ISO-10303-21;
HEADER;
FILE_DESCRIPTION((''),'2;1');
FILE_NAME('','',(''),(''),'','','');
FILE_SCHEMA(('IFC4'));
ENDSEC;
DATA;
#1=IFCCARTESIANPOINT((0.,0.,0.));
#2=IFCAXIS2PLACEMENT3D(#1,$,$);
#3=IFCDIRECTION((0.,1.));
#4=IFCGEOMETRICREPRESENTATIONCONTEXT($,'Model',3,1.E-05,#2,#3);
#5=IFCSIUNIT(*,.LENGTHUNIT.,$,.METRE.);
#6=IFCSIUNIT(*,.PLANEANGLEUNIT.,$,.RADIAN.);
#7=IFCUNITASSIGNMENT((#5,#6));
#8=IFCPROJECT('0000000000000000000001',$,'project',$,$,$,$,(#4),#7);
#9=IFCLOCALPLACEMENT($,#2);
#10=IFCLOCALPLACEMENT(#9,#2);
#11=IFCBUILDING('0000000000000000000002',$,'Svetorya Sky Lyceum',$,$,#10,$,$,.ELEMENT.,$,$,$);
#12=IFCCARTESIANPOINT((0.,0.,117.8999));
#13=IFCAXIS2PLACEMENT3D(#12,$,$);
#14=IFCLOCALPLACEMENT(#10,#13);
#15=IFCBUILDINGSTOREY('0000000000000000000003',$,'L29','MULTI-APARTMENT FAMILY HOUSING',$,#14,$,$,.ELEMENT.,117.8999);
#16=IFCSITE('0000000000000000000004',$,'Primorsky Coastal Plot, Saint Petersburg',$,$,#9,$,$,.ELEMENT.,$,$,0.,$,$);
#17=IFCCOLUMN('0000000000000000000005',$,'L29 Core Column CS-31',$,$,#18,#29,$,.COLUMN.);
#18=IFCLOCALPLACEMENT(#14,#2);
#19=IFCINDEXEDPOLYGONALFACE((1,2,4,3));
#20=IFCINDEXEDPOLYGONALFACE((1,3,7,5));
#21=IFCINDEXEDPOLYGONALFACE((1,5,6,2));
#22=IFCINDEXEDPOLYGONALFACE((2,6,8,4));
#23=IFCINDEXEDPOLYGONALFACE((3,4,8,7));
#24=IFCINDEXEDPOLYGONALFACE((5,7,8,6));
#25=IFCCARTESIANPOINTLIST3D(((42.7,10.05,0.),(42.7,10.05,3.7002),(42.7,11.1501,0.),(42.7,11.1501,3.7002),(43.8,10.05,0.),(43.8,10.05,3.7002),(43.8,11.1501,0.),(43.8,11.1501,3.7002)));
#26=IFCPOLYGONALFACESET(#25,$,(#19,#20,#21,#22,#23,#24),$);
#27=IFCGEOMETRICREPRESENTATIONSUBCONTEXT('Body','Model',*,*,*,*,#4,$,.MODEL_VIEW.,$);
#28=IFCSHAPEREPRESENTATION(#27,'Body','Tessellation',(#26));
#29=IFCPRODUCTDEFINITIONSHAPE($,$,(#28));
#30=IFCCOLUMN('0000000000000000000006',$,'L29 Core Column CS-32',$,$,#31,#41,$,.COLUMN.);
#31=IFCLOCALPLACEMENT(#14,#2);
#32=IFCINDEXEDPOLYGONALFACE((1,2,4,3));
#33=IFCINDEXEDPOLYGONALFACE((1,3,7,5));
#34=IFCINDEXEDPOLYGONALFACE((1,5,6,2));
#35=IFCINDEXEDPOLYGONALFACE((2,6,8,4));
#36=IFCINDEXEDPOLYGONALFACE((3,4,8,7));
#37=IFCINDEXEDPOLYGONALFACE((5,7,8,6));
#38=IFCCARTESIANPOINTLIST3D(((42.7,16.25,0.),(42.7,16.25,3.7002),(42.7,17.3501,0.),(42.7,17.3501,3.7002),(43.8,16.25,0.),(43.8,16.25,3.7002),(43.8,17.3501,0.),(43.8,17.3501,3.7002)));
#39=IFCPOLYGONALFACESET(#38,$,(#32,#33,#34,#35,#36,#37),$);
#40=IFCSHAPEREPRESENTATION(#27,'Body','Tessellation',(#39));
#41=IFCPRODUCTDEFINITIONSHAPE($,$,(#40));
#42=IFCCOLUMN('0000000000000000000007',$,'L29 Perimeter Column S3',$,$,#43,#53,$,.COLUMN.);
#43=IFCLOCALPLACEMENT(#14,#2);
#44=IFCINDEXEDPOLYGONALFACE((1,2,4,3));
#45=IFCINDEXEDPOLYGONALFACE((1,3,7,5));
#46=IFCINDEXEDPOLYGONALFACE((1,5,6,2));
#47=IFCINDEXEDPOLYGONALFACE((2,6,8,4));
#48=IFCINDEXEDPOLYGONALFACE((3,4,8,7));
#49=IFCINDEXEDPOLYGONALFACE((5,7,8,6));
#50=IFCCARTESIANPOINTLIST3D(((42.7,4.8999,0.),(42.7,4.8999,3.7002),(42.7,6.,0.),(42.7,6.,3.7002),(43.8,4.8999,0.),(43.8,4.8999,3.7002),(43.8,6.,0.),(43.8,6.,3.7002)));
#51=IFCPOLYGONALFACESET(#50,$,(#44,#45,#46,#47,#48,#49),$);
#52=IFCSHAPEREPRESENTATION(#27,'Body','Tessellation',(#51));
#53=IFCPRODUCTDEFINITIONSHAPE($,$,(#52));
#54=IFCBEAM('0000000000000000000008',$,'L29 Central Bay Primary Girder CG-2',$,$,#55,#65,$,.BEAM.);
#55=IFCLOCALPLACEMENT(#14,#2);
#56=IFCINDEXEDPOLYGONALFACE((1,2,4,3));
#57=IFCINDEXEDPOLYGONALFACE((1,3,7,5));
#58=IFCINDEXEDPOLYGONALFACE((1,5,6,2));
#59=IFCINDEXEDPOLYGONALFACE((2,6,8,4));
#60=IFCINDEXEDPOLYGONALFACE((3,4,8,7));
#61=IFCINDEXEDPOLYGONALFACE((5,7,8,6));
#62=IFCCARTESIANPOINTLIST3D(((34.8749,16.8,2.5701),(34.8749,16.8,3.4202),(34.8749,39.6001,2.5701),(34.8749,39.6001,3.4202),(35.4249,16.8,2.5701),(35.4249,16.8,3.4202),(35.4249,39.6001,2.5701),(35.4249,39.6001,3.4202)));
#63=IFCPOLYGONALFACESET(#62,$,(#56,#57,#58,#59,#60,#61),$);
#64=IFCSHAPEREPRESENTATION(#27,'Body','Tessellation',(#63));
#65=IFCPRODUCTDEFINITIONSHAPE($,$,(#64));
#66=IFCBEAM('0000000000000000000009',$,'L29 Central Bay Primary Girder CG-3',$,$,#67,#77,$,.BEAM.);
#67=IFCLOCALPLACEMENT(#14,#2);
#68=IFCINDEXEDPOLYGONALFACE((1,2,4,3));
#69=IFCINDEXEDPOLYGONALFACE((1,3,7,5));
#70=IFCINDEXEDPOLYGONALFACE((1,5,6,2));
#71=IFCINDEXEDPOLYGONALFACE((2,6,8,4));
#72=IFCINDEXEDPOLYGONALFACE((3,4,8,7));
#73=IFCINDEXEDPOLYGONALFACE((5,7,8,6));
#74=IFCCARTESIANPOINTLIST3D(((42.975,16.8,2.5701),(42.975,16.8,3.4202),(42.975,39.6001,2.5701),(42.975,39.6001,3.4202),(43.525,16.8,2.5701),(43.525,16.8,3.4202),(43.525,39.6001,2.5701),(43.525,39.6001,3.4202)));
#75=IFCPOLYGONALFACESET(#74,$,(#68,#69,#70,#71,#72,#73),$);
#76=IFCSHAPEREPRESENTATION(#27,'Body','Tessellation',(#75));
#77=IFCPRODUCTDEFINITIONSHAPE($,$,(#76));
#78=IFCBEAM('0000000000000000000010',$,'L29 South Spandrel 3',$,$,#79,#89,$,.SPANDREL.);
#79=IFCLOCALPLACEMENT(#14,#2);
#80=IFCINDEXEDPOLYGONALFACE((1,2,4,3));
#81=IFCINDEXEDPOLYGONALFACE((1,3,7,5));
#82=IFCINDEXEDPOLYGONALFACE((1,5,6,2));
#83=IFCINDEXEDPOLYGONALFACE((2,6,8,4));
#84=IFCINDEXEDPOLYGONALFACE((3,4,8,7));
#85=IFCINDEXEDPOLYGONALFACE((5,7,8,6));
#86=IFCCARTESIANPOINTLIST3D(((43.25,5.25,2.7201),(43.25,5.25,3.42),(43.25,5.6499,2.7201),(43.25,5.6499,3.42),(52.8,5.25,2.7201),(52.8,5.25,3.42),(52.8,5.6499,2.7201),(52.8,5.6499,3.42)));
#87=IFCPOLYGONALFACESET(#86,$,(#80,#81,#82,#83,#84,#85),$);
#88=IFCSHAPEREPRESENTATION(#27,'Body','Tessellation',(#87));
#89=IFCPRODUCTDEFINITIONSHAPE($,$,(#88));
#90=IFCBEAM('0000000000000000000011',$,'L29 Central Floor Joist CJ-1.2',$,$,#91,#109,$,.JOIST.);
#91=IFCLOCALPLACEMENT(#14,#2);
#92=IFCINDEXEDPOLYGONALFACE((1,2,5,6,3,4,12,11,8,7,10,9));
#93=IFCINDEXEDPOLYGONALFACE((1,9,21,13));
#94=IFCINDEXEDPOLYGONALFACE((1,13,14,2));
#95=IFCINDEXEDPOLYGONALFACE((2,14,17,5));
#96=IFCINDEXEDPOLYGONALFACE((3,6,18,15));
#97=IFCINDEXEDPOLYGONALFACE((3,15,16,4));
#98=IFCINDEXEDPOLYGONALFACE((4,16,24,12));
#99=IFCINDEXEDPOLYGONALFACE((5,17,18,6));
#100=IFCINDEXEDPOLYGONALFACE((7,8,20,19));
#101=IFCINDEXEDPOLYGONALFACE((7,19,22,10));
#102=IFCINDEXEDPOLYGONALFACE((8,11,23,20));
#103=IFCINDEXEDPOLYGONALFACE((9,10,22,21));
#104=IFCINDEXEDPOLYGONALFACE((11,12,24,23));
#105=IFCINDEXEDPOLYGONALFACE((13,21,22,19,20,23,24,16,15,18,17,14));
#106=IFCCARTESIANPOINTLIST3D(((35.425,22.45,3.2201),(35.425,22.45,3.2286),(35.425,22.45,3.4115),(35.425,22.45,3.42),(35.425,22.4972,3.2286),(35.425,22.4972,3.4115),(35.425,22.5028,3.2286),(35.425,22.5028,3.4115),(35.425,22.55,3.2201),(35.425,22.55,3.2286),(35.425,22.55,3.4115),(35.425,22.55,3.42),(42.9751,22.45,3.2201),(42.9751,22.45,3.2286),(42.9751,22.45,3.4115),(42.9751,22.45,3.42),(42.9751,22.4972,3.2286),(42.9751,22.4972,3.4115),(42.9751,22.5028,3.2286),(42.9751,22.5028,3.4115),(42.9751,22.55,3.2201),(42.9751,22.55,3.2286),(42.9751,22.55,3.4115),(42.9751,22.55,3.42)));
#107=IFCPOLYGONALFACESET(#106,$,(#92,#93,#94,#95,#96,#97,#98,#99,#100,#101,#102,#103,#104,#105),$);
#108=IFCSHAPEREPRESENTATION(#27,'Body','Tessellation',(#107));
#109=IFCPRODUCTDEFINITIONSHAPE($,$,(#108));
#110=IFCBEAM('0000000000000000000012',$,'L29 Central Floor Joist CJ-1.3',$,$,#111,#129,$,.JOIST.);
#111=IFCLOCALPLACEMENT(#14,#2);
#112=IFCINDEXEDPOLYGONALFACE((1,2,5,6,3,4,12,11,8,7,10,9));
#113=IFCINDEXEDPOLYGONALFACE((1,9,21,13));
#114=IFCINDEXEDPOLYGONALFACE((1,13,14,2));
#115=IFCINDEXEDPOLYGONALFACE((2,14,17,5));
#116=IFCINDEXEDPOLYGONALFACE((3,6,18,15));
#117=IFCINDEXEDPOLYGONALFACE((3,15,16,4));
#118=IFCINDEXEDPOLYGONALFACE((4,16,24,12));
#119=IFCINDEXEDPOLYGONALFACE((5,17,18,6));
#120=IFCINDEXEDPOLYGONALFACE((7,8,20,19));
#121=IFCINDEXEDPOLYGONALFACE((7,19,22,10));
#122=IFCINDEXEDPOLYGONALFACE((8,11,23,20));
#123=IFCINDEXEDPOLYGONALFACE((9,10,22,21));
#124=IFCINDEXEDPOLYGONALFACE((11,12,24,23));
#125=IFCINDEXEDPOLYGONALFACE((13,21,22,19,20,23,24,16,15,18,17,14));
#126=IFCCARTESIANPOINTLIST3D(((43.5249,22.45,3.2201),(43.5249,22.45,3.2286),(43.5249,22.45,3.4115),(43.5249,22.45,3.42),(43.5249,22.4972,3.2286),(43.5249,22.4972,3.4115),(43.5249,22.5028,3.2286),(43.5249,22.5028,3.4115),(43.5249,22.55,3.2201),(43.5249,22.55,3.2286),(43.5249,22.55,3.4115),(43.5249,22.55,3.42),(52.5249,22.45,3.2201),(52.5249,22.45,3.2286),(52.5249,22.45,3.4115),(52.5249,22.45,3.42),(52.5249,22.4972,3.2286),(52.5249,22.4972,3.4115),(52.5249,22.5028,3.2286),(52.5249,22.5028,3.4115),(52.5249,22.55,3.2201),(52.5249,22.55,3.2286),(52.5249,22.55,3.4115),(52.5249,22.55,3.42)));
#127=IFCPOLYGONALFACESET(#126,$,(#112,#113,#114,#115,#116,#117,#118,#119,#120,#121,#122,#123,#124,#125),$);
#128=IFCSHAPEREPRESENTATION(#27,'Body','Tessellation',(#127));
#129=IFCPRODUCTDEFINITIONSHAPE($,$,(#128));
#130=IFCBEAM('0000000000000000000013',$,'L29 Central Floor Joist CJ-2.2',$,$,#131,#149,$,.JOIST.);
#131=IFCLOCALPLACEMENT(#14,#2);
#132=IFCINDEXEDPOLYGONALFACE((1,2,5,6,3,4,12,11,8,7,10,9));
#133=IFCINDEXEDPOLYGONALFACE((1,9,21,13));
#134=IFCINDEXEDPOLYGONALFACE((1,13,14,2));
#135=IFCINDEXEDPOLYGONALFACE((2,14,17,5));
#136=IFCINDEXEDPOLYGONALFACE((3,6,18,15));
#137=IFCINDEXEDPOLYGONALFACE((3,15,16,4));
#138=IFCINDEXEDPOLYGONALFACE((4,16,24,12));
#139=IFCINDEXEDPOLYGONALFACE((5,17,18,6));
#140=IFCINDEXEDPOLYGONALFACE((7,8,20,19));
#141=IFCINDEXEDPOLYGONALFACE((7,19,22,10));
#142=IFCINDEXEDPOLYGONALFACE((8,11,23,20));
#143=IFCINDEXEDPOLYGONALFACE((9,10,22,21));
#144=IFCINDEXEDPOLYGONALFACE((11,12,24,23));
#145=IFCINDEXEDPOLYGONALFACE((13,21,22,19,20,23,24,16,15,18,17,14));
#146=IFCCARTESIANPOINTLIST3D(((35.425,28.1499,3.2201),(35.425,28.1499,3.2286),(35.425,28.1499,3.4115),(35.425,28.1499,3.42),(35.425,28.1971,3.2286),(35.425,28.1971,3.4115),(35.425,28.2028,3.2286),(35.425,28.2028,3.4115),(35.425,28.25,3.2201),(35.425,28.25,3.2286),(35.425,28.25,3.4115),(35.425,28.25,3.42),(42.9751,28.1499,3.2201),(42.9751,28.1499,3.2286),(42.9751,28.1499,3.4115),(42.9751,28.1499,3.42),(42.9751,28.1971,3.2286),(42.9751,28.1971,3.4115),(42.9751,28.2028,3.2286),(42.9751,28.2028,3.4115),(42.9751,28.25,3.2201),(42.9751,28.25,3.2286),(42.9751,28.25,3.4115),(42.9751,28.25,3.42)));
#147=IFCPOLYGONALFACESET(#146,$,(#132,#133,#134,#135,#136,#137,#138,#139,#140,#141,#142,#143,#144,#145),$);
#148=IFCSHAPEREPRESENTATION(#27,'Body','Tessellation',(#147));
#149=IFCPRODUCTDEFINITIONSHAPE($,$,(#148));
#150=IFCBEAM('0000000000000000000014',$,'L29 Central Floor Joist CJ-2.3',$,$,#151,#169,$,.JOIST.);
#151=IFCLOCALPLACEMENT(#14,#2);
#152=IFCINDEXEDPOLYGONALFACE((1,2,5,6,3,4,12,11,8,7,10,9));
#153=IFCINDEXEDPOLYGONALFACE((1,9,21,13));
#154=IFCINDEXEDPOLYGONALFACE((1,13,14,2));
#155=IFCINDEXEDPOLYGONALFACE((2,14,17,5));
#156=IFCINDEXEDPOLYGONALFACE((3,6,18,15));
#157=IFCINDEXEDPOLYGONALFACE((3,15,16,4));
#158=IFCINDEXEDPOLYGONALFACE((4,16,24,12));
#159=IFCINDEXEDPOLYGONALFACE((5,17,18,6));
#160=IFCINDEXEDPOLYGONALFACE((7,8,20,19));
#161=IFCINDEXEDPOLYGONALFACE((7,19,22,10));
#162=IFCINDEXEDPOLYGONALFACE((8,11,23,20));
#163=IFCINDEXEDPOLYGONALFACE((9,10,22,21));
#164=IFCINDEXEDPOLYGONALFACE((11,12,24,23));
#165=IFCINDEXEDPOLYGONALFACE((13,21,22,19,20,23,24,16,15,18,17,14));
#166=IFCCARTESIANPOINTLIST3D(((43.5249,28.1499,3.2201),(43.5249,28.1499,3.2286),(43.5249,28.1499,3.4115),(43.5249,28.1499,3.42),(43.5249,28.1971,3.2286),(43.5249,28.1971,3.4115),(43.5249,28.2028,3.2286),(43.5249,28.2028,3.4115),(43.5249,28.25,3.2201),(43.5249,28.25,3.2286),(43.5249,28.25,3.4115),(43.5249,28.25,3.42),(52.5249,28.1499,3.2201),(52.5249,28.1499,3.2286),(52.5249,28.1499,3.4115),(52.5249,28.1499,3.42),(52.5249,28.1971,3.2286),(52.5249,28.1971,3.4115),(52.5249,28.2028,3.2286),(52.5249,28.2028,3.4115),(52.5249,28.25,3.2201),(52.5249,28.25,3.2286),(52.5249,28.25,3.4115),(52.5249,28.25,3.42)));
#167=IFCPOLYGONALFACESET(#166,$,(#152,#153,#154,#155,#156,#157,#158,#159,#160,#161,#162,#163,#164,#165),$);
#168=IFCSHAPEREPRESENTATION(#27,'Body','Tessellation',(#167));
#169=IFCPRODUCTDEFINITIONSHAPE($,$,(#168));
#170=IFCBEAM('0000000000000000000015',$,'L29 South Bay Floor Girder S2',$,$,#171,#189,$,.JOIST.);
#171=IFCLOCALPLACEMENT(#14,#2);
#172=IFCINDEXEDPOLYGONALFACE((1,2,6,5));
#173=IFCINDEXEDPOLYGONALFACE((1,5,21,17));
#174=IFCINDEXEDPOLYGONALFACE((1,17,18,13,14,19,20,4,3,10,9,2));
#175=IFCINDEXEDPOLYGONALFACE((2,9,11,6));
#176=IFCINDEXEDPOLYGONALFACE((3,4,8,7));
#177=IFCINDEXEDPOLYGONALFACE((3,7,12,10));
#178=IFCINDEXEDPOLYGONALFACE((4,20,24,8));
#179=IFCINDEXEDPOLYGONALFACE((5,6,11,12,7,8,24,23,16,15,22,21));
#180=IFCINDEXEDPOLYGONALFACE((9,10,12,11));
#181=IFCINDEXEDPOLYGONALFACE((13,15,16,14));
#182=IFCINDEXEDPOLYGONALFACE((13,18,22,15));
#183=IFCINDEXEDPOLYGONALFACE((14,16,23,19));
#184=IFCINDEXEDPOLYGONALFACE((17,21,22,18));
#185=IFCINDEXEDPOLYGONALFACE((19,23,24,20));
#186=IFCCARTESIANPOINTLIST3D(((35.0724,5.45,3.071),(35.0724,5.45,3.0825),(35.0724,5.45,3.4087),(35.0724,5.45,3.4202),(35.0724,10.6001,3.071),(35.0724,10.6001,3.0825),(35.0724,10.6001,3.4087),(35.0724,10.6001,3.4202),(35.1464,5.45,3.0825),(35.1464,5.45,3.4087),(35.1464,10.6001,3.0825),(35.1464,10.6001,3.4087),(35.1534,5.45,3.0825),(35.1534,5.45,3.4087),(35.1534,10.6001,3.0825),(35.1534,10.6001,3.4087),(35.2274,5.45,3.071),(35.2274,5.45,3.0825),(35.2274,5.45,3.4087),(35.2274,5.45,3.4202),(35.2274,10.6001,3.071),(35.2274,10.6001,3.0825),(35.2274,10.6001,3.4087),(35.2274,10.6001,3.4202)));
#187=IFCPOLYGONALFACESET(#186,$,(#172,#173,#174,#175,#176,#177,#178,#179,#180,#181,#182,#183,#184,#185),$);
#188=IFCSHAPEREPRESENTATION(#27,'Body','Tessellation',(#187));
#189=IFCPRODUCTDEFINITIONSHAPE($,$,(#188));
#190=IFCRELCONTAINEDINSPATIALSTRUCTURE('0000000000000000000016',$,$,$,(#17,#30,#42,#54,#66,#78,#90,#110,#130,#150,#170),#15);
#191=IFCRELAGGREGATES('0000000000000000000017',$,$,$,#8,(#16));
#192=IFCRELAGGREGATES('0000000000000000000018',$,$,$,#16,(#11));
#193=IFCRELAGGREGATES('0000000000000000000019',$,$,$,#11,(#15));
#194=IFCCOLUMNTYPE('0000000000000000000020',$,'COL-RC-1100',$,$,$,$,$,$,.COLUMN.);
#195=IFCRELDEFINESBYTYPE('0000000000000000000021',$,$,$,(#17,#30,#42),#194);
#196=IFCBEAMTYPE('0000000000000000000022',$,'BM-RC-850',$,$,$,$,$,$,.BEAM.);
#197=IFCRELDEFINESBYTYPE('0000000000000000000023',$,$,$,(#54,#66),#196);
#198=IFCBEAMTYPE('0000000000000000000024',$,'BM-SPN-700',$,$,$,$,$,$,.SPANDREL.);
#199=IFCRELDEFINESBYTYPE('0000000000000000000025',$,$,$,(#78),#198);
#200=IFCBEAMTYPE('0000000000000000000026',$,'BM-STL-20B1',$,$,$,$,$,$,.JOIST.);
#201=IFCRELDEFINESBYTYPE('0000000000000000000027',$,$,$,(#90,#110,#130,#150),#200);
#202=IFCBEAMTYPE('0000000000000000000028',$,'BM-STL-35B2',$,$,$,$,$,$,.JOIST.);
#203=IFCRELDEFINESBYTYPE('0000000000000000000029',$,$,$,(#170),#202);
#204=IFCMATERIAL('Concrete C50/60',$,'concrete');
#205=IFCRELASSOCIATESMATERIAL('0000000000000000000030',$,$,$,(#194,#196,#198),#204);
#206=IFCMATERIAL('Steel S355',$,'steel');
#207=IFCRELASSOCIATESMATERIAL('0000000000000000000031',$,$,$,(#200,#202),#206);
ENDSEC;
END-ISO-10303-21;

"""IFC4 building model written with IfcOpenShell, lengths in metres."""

from ifc_helpers import new_model, si_unit, direction, frame, origin, origin_2d, place, context, subcontext, project, spatial, rectangle, i_section, extrude, material, material_profile, profile_set, type_object, element, save


model = new_model("IFC4")

# Units and contexts
model_context = context("Model", 3, precision=1e-05, world=origin(), true_north=direction((0.0, 1.0)))
body_context = subcontext(model_context, "Body", "Model", "MODEL_VIEW")
ifc_project = project(units=[si_unit("LENGTHUNIT", "METRE"), si_unit("PLANEANGLEUNIT", "RADIAN")], contexts=[model_context])

# Site, building, storey
site_placement = place(None, origin())
site = spatial("IfcSite", under=ifc_project, at=site_placement, Name="Primorsky Coastal Plot, Saint Petersburg", CompositionType="ELEMENT", RefElevation=0.0)
building_placement = place(site_placement, origin())
building = spatial("IfcBuilding", under=site, at=building_placement, Name="Svetorya Sky Lyceum", CompositionType="ELEMENT")
storey_placement = place(building_placement, frame((0.0, 0.0, 117.8999)))
storey = spatial("IfcBuildingStorey", under=building, at=storey_placement, Name="L29", Description="MULTI-APARTMENT FAMILY HOUSING", CompositionType="ELEMENT", Elevation=117.8999)

# Columns
ifc_material_1 = material(Name="Concrete C50/60", Category="concrete")
ifc_material_profile_1 = material_profile(ifc_material_1, rectangle(XDim=1.1001, YDim=1.1001, at=origin_2d()), Name="RC COL 1100x1100")
ifc_profile_set_1 = profile_set([ifc_material_profile_1], Name="Concrete C50/60")
column_type = type_object("IfcColumnType", Name="COL-RC-1100", PredefinedType="COLUMN", material=ifc_profile_set_1)
for number, where, z_axis, x_axis, name in (
    (1, (43.25, 10.6001, 0.0), (0.0, 0.0, 1.0), (1.0, 0.0, 0.0), "L29 Core Column CS-31"),
    (2, (43.25, 16.8, 0.0), (0.0, 0.0, 1.0), (1.0, 0.0, 0.0), "L29 Core Column CS-32"),
    (3, (43.25, 5.45, 0.0), (0.0, 0.0, 1.0), (1.0, 0.0, 0.0), "L29 Perimeter Column S3"),
):
    element("IfcColumn", number, at=place(storey_placement, frame(where, z_axis=z_axis, x_axis=x_axis)), inside=storey, type_object=column_type, Name=name, PredefinedType="COLUMN", context=body_context, shape_type="SweptSolid", body=[
        extrude(rectangle(XDim=1.1001, YDim=1.1001, at=origin_2d()), origin(), (0.0, 0.0, 1.0), 3.7002),
    ])

# Beams
ifc_material_profile_2 = material_profile(ifc_material_1, rectangle(XDim=0.55, YDim=0.8501, at=origin_2d()), Name="RC BEAM 550x850")
ifc_profile_set_2 = profile_set([ifc_material_profile_2], Name="Concrete C50/60")
beam_type_1 = type_object("IfcBeamType", Name="BM-RC-850", PredefinedType="BEAM", material=ifc_profile_set_2)
for number, where, z_axis, x_axis, name in (
    (4, (35.1499, 16.8, 2.9951), (0.0, 1.0, 0.0), (-1.0, 0.0, 0.0), "L29 Central Bay Primary Girder CG-2"),
    (5, (43.25, 16.8, 2.9951), (0.0, 1.0, 0.0), (-1.0, 0.0, 0.0), "L29 Central Bay Primary Girder CG-3"),
):
    element("IfcBeam", number, at=place(storey_placement, frame(where, z_axis=z_axis, x_axis=x_axis)), inside=storey, type_object=beam_type_1, Name=name, PredefinedType="BEAM", context=body_context, shape_type="SweptSolid", body=[
        extrude(rectangle(XDim=0.55, YDim=0.8501, at=origin_2d()), origin(), (0.0, 0.0, 1.0), 22.8),
    ])
ifc_material_profile_3 = material_profile(ifc_material_1, rectangle(XDim=0.3999, YDim=0.7, at=origin_2d()), Name="RC SPANDREL 400x700")
ifc_profile_set_3 = profile_set([ifc_material_profile_3], Name="Concrete C50/60")
beam_type_2 = type_object("IfcBeamType", Name="BM-SPN-700", PredefinedType="SPANDREL", material=ifc_profile_set_3)
beam_1_placement = place(storey_placement, frame((43.25, 5.45, 3.0701), z_axis=(1.0, 0.0, 0.0), x_axis=(0.0, 1.0, 0.0)))
element("IfcBeam", 6, at=beam_1_placement, inside=storey, type_object=beam_type_2, Name="L29 South Spandrel 3", PredefinedType="SPANDREL", context=body_context, shape_type="SweptSolid", body=[
    extrude(rectangle(XDim=0.3999, YDim=0.7, at=origin_2d()), origin(), (0.0, 0.0, 1.0), 9.55),
])
ifc_material_2 = material(Name="Steel S355", Category="steel")
ifc_material_profile_4 = material_profile(ifc_material_2, i_section(OverallWidth=0.1001, OverallDepth=0.2, WebThickness=0.0056, FlangeThickness=0.0085, at=origin_2d()), Name="GOST 20B1")
ifc_profile_set_4 = profile_set([ifc_material_profile_4], Name="Steel S355")
beam_type_3 = type_object("IfcBeamType", Name="BM-STL-20B1", PredefinedType="JOIST", material=ifc_profile_set_4)
beam_2_placement = place(storey_placement, frame((35.425, 22.5, 3.3201), z_axis=(1.0, 0.0, 0.0), x_axis=(0.0, 1.0, 0.0)))
element("IfcBeam", 7, at=beam_2_placement, inside=storey, type_object=beam_type_3, Name="L29 Central Floor Joist CJ-1.2", PredefinedType="JOIST", context=body_context, shape_type="SweptSolid", body=[
    extrude(i_section(OverallWidth=0.1001, OverallDepth=0.2, WebThickness=0.0056, FlangeThickness=0.0085, at=origin_2d()), origin(), (0.0, 0.0, 1.0), 7.55),
])
beam_3_placement = place(storey_placement, frame((43.5249, 22.5, 3.3201), z_axis=(1.0, 0.0, 0.0), x_axis=(0.0, 1.0, 0.0)))
element("IfcBeam", 8, at=beam_3_placement, inside=storey, type_object=beam_type_3, Name="L29 Central Floor Joist CJ-1.3", PredefinedType="JOIST", context=body_context, shape_type="SweptSolid", body=[
    extrude(i_section(OverallWidth=0.1001, OverallDepth=0.2, WebThickness=0.0056, FlangeThickness=0.0085, at=origin_2d()), origin(), (0.0, 0.0, 1.0), 9.0),
])
beam_4_placement = place(storey_placement, frame((35.425, 28.2, 3.3201), z_axis=(1.0, 0.0, 0.0), x_axis=(0.0, 1.0, 0.0)))
element("IfcBeam", 9, at=beam_4_placement, inside=storey, type_object=beam_type_3, Name="L29 Central Floor Joist CJ-2.2", PredefinedType="JOIST", context=body_context, shape_type="SweptSolid", body=[
    extrude(i_section(OverallWidth=0.1001, OverallDepth=0.2, WebThickness=0.0056, FlangeThickness=0.0085, at=origin_2d()), origin(), (0.0, 0.0, 1.0), 7.55),
])
beam_5_placement = place(storey_placement, frame((43.5249, 28.2, 3.3201), z_axis=(1.0, 0.0, 0.0), x_axis=(0.0, 1.0, 0.0)))
element("IfcBeam", 10, at=beam_5_placement, inside=storey, type_object=beam_type_3, Name="L29 Central Floor Joist CJ-2.3", PredefinedType="JOIST", context=body_context, shape_type="SweptSolid", body=[
    extrude(i_section(OverallWidth=0.1001, OverallDepth=0.2, WebThickness=0.0056, FlangeThickness=0.0085, at=origin_2d()), origin(), (0.0, 0.0, 1.0), 9.0),
])
ifc_material_profile_5 = material_profile(ifc_material_2, i_section(OverallWidth=0.155, OverallDepth=0.3491, WebThickness=0.0071, FlangeThickness=0.0115, at=origin_2d()), Name="GOST 35B2")
ifc_profile_set_5 = profile_set([ifc_material_profile_5], Name="Steel S355")
beam_type_4 = type_object("IfcBeamType", Name="BM-STL-35B2", PredefinedType="JOIST", material=ifc_profile_set_5)
for number, where, z_axis, x_axis, name in (
    (11, (35.1499, 5.45, 3.2456), (0.0, 1.0, 0.0), (-1.0, 0.0, 0.0), "L29 South Bay Floor Girder S2"),
):
    element("IfcBeam", number, at=place(storey_placement, frame(where, z_axis=z_axis, x_axis=x_axis)), inside=storey, type_object=beam_type_4, Name=name, PredefinedType="JOIST", context=body_context, shape_type="SweptSolid", body=[
        extrude(i_section(OverallWidth=0.155, OverallDepth=0.3491, WebThickness=0.0071, FlangeThickness=0.0115, at=origin_2d()), origin(), (0.0, 0.0, 1.0), 5.1501),
    ])

save(model, "model.ifc")
